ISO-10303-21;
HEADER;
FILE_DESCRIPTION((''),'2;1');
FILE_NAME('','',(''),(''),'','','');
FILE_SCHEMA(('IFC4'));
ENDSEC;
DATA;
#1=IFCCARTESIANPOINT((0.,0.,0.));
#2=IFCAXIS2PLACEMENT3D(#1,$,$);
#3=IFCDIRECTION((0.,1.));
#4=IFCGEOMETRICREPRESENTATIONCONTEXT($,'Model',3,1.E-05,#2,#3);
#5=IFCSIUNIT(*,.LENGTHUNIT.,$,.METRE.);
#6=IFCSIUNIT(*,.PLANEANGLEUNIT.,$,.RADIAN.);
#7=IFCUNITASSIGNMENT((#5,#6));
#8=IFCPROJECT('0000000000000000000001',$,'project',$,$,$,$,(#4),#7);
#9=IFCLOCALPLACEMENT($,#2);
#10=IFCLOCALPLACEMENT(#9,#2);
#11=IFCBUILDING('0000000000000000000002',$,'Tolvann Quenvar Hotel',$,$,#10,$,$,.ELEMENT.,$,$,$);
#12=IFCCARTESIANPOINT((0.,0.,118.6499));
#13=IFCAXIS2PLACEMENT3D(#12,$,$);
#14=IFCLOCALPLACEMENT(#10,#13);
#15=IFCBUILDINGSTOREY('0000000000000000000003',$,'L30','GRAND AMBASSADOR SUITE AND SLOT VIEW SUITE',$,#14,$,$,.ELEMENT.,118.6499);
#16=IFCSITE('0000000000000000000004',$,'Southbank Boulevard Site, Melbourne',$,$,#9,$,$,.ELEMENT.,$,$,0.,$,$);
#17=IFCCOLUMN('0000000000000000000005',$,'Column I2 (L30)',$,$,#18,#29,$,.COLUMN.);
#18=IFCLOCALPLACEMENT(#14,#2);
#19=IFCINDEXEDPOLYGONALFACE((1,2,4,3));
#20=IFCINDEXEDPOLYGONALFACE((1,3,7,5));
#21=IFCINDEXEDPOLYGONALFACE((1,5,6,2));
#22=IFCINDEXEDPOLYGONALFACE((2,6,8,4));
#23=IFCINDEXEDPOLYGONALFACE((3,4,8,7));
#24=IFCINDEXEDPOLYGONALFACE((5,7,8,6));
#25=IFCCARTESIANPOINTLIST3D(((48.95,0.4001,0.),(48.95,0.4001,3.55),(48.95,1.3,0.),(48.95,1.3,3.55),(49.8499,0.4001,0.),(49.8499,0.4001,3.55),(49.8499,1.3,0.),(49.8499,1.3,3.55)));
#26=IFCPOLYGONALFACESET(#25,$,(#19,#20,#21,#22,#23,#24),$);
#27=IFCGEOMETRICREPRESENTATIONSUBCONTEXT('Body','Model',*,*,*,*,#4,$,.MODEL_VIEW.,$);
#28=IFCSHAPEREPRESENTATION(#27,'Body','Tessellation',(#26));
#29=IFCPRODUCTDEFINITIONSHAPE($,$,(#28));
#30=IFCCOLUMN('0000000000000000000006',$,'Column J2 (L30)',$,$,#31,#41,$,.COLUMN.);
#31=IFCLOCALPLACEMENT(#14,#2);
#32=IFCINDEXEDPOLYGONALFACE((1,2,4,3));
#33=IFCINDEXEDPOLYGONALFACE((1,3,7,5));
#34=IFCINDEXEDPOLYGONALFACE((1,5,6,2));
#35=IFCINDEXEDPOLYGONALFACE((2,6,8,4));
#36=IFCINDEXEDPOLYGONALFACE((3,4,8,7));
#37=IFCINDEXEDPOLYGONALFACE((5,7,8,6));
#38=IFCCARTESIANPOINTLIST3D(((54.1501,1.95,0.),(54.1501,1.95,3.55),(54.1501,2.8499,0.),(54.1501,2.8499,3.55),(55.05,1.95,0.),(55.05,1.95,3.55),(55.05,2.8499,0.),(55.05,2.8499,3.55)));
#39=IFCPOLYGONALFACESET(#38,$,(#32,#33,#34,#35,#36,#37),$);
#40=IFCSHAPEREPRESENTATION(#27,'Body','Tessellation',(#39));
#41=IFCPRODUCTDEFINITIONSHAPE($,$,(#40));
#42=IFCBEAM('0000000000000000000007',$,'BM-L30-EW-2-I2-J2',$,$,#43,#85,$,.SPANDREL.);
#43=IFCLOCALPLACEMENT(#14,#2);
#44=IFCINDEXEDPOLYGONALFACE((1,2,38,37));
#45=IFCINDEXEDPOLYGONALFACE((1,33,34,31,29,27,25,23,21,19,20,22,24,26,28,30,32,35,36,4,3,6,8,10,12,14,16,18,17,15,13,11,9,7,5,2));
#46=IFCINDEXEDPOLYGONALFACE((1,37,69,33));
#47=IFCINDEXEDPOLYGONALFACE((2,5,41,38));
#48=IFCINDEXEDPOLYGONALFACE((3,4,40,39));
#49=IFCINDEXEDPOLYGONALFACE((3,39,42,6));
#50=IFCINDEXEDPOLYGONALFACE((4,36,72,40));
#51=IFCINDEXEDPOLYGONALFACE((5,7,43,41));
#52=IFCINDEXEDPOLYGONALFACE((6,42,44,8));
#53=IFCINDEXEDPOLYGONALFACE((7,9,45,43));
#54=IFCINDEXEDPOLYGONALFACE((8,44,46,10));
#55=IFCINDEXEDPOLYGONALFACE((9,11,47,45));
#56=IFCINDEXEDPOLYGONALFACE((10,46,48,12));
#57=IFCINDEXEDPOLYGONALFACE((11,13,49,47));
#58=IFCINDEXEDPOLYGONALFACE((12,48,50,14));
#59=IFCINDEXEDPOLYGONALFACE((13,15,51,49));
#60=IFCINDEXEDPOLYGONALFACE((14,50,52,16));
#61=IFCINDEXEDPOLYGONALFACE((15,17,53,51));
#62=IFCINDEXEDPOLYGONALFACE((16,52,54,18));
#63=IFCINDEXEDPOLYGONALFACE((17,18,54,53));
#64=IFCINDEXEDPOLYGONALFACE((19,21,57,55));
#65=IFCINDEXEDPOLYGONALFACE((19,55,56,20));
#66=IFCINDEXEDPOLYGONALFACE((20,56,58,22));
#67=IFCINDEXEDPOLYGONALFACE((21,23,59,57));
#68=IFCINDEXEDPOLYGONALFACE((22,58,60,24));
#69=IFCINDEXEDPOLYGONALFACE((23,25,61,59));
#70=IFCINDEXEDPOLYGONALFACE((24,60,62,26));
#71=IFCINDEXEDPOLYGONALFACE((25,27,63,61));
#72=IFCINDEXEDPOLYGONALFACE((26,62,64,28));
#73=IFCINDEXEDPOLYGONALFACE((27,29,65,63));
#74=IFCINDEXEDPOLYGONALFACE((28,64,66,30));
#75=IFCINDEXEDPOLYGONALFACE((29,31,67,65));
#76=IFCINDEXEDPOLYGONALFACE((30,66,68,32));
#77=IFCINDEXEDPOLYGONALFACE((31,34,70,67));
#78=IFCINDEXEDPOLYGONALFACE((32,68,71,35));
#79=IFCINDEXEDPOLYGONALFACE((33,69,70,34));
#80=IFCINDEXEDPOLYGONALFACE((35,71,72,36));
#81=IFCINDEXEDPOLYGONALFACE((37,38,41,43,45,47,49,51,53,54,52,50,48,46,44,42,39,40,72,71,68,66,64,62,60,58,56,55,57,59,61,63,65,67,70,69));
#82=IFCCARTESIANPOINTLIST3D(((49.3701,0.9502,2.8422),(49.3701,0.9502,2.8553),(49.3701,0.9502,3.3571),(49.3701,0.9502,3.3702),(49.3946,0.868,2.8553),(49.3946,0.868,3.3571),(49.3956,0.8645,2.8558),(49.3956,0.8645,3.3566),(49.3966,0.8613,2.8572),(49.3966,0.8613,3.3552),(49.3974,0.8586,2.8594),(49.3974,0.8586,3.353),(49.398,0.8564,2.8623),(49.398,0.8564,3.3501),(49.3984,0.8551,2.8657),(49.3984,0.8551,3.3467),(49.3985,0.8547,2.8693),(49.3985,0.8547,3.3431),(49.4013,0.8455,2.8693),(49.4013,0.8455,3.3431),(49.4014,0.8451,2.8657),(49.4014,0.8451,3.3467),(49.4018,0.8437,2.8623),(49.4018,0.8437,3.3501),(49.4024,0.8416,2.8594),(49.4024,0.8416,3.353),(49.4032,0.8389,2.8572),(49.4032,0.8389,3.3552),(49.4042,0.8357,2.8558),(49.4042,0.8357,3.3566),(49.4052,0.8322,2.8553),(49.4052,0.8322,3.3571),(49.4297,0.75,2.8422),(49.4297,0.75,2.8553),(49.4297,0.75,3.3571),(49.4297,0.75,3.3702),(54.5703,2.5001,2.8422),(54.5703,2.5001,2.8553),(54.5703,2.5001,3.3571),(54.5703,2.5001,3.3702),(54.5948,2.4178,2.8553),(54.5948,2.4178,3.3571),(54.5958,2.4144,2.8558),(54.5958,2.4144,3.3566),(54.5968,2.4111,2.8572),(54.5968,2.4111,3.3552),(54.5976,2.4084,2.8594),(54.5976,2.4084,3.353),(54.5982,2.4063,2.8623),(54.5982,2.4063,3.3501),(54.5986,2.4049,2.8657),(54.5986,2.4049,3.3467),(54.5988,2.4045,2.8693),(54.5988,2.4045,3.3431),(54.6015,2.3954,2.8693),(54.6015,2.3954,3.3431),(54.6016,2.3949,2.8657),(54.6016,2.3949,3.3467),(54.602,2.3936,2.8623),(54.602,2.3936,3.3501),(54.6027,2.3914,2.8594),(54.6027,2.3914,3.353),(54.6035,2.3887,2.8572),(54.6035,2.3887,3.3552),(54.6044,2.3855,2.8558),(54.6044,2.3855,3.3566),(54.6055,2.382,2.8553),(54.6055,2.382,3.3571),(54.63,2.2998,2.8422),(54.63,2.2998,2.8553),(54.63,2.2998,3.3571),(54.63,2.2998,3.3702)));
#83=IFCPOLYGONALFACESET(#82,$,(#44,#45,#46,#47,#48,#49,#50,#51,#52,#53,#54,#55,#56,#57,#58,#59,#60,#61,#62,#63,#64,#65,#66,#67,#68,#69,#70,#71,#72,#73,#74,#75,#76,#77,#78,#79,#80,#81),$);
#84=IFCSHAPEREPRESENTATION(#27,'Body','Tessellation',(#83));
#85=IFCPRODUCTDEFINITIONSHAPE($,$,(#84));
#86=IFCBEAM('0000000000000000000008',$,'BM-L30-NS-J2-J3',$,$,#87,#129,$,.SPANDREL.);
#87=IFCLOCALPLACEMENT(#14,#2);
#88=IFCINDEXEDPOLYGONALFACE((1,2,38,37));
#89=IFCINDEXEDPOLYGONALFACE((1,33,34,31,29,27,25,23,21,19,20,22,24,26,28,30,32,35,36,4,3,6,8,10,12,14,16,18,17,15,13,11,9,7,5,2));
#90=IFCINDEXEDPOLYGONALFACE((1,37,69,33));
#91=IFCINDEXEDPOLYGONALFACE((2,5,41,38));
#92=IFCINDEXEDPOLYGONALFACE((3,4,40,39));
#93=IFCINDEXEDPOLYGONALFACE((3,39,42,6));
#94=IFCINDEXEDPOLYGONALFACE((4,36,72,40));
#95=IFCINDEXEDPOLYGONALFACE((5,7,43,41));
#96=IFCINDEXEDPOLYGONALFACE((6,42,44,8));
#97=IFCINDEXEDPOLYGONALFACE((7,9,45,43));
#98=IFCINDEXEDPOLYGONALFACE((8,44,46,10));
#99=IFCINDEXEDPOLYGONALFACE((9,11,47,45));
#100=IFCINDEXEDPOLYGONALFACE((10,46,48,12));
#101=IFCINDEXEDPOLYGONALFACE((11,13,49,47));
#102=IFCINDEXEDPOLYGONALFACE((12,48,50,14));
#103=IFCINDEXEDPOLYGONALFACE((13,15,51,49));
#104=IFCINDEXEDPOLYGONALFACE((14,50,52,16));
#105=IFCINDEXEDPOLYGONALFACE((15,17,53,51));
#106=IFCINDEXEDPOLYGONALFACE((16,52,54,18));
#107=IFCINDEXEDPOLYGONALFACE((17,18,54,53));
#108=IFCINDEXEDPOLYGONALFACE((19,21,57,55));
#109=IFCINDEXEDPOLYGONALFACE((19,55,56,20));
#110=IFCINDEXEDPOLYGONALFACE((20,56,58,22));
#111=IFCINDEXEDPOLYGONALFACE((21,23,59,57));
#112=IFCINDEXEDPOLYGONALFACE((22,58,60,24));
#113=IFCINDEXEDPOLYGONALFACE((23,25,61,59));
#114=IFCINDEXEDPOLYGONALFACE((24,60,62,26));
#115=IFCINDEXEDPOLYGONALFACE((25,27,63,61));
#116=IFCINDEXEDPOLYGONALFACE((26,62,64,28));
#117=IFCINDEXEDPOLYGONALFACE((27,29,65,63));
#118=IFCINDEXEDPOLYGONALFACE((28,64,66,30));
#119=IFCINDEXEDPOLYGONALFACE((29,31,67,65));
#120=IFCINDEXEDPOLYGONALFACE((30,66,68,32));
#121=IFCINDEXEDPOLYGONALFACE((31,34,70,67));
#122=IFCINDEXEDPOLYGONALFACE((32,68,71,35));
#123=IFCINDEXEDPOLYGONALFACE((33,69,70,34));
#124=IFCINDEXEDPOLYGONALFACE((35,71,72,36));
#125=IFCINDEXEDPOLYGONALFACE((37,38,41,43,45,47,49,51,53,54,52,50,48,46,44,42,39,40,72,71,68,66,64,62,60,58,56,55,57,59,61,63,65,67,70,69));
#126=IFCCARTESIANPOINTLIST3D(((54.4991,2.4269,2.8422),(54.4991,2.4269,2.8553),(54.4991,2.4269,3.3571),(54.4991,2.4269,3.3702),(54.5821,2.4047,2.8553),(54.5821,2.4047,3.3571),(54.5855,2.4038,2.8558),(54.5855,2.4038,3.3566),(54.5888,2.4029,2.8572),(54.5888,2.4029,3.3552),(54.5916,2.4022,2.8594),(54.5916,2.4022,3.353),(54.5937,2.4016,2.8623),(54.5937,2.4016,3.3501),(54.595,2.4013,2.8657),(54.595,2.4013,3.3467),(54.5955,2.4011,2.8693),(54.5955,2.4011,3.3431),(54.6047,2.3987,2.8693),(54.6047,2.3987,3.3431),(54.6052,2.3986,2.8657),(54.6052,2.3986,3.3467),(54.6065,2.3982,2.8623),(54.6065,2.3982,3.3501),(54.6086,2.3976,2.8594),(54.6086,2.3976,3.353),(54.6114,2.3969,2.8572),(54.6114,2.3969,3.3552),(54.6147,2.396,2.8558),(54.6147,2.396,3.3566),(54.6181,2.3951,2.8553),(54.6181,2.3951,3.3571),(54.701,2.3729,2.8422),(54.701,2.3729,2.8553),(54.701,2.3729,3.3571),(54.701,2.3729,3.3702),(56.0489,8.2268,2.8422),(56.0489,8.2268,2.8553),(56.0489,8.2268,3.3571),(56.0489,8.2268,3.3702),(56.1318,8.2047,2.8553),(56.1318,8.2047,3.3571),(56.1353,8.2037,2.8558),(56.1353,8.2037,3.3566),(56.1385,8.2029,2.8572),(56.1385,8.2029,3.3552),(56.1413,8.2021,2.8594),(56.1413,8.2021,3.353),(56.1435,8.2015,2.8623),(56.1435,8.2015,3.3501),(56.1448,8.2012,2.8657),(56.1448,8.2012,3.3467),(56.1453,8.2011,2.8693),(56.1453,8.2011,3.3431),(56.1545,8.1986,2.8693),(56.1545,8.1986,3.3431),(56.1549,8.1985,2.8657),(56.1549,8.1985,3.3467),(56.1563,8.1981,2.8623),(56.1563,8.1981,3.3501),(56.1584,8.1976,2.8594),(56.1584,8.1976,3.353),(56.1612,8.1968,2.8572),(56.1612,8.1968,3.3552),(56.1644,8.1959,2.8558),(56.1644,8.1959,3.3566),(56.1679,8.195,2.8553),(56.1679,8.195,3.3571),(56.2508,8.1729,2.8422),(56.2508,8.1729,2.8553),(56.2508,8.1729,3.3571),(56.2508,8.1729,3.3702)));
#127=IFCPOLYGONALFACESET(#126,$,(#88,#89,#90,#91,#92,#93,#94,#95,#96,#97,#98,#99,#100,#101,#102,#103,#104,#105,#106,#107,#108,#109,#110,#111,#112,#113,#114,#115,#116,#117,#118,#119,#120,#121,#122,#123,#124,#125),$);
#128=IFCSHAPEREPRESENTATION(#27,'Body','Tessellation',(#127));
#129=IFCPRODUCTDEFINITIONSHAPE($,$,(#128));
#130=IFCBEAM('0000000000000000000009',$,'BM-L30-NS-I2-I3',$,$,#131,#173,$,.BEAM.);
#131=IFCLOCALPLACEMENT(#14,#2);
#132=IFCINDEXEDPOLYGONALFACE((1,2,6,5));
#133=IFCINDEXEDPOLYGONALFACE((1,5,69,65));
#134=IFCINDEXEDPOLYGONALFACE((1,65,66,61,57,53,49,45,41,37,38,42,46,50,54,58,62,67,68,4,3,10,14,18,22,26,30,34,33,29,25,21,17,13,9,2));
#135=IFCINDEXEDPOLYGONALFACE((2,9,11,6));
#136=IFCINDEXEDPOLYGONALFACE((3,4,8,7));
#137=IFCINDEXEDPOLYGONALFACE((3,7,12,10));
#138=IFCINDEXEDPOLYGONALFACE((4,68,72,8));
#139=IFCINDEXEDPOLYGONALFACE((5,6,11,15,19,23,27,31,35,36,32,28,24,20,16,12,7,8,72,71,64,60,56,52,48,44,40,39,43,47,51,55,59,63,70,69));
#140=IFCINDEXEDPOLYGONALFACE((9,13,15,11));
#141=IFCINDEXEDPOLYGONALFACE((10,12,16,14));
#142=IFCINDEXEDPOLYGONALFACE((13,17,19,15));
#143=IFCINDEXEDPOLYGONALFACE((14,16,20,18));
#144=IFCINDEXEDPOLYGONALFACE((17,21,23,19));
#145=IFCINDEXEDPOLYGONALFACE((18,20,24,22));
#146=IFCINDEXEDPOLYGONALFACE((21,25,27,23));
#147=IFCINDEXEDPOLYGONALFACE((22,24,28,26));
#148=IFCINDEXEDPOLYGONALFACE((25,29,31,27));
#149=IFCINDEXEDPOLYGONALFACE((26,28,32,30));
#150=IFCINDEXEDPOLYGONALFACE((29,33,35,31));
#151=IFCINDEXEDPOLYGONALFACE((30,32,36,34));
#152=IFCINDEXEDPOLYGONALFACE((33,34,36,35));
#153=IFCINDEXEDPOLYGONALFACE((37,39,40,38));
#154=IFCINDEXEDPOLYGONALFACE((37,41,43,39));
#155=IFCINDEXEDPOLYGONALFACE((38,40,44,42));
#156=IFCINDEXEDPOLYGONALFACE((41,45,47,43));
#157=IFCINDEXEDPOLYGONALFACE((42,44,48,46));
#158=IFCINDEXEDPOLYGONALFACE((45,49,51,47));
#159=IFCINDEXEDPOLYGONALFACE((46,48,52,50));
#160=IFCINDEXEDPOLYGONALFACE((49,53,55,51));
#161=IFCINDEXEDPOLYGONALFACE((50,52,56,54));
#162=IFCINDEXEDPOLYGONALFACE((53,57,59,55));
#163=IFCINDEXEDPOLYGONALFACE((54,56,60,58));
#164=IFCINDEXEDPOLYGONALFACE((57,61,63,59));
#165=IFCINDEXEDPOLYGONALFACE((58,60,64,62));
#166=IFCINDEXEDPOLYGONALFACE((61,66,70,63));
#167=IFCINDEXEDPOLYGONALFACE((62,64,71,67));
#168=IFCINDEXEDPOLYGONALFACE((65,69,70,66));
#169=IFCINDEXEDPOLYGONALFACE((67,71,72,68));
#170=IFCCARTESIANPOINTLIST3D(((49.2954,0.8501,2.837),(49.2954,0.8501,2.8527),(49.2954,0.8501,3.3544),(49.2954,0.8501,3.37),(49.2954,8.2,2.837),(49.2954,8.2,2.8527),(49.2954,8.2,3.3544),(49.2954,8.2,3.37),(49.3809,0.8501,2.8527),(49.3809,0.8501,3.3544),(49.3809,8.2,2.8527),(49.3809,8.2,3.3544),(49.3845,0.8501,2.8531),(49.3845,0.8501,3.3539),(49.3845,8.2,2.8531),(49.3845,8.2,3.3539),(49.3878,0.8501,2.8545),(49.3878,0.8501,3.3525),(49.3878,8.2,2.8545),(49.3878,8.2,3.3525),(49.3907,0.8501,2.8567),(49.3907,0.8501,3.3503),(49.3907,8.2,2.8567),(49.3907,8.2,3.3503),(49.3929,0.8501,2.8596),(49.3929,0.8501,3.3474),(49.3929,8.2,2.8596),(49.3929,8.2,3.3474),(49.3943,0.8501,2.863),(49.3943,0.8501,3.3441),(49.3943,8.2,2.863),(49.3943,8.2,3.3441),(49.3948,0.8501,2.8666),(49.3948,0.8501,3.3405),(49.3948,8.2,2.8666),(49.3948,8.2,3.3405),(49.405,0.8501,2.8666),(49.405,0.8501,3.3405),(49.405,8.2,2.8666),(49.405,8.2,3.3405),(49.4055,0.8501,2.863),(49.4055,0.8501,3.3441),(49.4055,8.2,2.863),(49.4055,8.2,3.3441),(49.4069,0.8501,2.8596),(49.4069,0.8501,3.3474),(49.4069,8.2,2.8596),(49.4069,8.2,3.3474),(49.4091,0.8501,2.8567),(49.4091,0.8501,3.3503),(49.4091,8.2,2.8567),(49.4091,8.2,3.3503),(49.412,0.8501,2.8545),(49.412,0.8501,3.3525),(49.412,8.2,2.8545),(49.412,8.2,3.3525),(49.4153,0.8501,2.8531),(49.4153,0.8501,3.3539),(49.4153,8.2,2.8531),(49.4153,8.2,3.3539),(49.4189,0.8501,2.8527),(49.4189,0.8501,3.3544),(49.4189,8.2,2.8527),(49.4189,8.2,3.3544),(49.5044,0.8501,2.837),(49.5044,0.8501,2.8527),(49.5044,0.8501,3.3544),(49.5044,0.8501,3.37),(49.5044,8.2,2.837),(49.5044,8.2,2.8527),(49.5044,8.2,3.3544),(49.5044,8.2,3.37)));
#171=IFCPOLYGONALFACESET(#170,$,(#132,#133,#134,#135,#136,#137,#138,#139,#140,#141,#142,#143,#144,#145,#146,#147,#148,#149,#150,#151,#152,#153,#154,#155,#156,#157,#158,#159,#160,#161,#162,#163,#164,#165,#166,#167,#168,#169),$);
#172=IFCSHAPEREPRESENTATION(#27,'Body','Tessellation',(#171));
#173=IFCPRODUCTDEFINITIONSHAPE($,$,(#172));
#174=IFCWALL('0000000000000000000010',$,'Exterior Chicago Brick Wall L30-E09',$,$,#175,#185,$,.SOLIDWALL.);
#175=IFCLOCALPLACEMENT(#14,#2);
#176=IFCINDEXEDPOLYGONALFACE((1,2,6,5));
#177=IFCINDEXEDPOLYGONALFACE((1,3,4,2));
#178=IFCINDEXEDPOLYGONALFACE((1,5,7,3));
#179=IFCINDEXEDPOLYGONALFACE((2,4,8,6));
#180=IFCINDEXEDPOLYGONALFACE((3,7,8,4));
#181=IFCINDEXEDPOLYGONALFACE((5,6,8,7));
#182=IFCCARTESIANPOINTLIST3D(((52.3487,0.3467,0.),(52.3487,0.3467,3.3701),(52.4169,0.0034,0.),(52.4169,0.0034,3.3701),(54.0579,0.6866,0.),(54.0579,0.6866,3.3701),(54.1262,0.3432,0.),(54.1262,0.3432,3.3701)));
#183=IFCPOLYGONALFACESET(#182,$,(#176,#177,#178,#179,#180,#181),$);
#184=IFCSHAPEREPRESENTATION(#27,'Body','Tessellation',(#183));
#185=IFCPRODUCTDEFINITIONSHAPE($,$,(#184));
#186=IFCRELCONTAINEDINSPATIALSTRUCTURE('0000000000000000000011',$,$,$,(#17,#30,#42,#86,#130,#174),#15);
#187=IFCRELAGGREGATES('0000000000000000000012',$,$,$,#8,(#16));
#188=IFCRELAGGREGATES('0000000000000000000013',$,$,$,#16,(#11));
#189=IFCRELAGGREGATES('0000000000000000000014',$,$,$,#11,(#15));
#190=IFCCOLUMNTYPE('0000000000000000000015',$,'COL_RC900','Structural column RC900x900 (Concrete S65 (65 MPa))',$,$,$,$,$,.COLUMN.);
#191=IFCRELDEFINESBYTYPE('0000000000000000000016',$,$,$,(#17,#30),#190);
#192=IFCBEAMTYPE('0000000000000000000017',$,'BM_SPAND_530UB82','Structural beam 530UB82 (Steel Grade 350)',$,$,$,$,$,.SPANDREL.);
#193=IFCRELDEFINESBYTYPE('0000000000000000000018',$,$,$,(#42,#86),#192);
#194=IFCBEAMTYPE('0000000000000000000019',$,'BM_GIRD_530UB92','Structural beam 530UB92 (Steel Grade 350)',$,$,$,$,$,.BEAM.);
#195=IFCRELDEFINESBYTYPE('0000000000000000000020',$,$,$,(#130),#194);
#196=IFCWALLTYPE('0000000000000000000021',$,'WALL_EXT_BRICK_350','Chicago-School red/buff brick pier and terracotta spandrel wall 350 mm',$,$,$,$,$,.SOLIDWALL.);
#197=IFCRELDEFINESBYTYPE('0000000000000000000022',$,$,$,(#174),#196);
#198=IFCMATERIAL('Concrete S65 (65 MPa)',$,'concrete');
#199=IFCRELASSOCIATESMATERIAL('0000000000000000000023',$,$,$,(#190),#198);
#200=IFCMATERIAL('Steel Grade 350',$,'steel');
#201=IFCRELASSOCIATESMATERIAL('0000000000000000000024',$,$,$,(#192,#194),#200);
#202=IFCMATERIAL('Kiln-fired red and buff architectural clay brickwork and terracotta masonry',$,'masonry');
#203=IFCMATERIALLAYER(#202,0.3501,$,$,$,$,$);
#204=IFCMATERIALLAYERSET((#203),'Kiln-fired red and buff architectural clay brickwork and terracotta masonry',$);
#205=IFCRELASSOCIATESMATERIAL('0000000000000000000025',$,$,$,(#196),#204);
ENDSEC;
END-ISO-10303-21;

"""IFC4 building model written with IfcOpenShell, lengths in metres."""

from ifc_helpers import new_model, si_unit, direction, frame, frame_2d, origin, origin_2d, place, context, subcontext, project, spatial, rectangle, i_section, extrude, source, transform, mapped, material, layer, layer_set, material_profile, profile_set, type_object, type_shapes, element, save


model = new_model("IFC4")

# Units and contexts
model_context = context("Model", 3, precision=1e-05, world=origin(), true_north=direction((0.0, 1.0)))
body_context = subcontext(model_context, "Body", "Model", "MODEL_VIEW")
ifc_project = project(units=[si_unit("LENGTHUNIT", "METRE"), si_unit("PLANEANGLEUNIT", "RADIAN")], contexts=[model_context])

# Site, building, storey
site_placement = place(None, origin())
site = spatial("IfcSite", under=ifc_project, at=site_placement, Name="Southbank Boulevard Site, Melbourne", CompositionType="ELEMENT", RefElevation=0.0)
building_placement = place(site_placement, origin())
building = spatial("IfcBuilding", under=site, at=building_placement, Name="Tolvann Quenvar Hotel", CompositionType="ELEMENT")
storey_placement = place(building_placement, frame((0.0, 0.0, 118.6499)))
storey = spatial("IfcBuildingStorey", under=building, at=storey_placement, Name="L30", Description="GRAND AMBASSADOR SUITE AND SLOT VIEW SUITE", CompositionType="ELEMENT", Elevation=118.6499)

# Columns
ifc_material_1 = material(Name="Concrete S65 (65 MPa)", Category="concrete")
ifc_material_profile_1 = material_profile(ifc_material_1, rectangle(XDim=0.8999, YDim=0.8999, at=origin_2d()), Name="RC900x900")
ifc_profile_set_1 = profile_set([ifc_material_profile_1], Name="Concrete S65 (65 MPa)")
column_type = type_object("IfcColumnType", Name="COL_RC900", Description="Structural column RC900x900 (Concrete S65 (65 MPa))", PredefinedType="COLUMN", material=ifc_profile_set_1)
shared_shape_1 = source(origin(), body_context, "Body", "SweptSolid", [
    extrude(rectangle(XDim=0.8999, YDim=0.8999, at=origin_2d()), origin(), (0.0, 0.0, 1.0), 3.55),
])
type_shapes(column_type, [shared_shape_1])
for number, where, z_axis, x_axis, name in (
    (1, (49.3999, 0.8501, 0.0), (0.0, 0.0, 1.0), (1.0, 0.0, 0.0), "Column I2 (L30)"),
    (2, (54.6001, 2.3999, 0.0), (0.0, 0.0, 1.0), (1.0, 0.0, 0.0), "Column J2 (L30)"),
):
    element("IfcColumn", number, at=place(storey_placement, frame(where, z_axis=z_axis, x_axis=x_axis)), inside=storey, type_object=column_type, Name=name, PredefinedType="COLUMN", context=body_context, shape_type="MappedRepresentation", body=[
        mapped(shared_shape_1, transform((0.0, 0.0, 0.0), x_axis=(1.0, 0.0, 0.0), y_axis=(0.0, 1.0, 0.0), z_axis=(0.0, 0.0, 1.0), scale=1.0)),
    ])

# Beams
ifc_material_2 = material(Name="Steel Grade 350", Category="steel")
ifc_material_profile_2 = material_profile(ifc_material_2, i_section(OverallWidth=0.209, OverallDepth=0.5281, WebThickness=0.0095, FlangeThickness=0.0132, FilletRadius=0.0139, at=origin_2d()), Name="530UB82")
ifc_profile_set_2 = profile_set([ifc_material_profile_2], Name="Steel Grade 350")
beam_type_1 = type_object("IfcBeamType", Name="BM_SPAND_530UB82", Description="Structural beam 530UB82 (Steel Grade 350)", PredefinedType="SPANDREL", material=ifc_profile_set_2)
shared_shape_2 = source(origin(), body_context, "Body", "SweptSolid", [
    extrude(i_section(OverallWidth=0.209, OverallDepth=0.5281, WebThickness=0.0095, FlangeThickness=0.0132, FilletRadius=0.0139, at=origin_2d()), origin(), (0.0, 0.0, 1.0), 5.4263),
])
beam_1_placement = place(storey_placement, frame((49.3999, 0.8501, 3.1062), z_axis=(0.958345, 0.285614, 0.0), x_axis=(-0.285614, 0.958345, 0.0)))
element("IfcBeam", 3, at=beam_1_placement, inside=storey, type_object=beam_type_1, Name="BM-L30-EW-2-I2-J2", PredefinedType="SPANDREL", context=body_context, shape_type="MappedRepresentation", body=[
    mapped(shared_shape_2, transform((0.0, 0.0, 0.0), x_axis=(1.0, 0.0, 0.0), y_axis=(0.0, 1.0, 0.0), z_axis=(0.0, 0.0, 1.0), scale=1.0)),
])
shared_shape_3 = source(origin(), body_context, "Body", "SweptSolid", [
    extrude(i_section(OverallWidth=0.209, OverallDepth=0.5281, WebThickness=0.0095, FlangeThickness=0.0132, FilletRadius=0.0139, at=origin_2d()), origin(), (0.0, 0.0, 1.0), 6.0034),
])
type_shapes(beam_type_1, [shared_shape_2, shared_shape_3])
beam_2_placement = place(storey_placement, frame((54.6001, 2.3999, 3.1062), z_axis=(0.258149, 0.966105, 0.0), x_axis=(-0.966105, 0.258149, 0.0)))
element("IfcBeam", 4, at=beam_2_placement, inside=storey, type_object=beam_type_1, Name="BM-L30-NS-J2-J3", PredefinedType="SPANDREL", context=body_context, shape_type="MappedRepresentation", body=[
    mapped(shared_shape_3, transform((0.0, 0.0, 0.0), x_axis=(1.0, 0.0, 0.0), y_axis=(0.0, 1.0, 0.0), z_axis=(0.0, 0.0, 1.0), scale=1.0)),
])
ifc_material_profile_3 = material_profile(ifc_material_2, i_section(OverallWidth=0.209, OverallDepth=0.533, WebThickness=0.0103, FlangeThickness=0.0156, FilletRadius=0.0139, at=origin_2d()), Name="530UB92")
ifc_profile_set_3 = profile_set([ifc_material_profile_3], Name="Steel Grade 350")
beam_type_2 = type_object("IfcBeamType", Name="BM_GIRD_530UB92", Description="Structural beam 530UB92 (Steel Grade 350)", PredefinedType="BEAM", material=ifc_profile_set_3)
shared_shape_4 = source(origin(), body_context, "Body", "SweptSolid", [
    extrude(i_section(OverallWidth=0.209, OverallDepth=0.533, WebThickness=0.0103, FlangeThickness=0.0156, FilletRadius=0.0139, at=origin_2d()), origin(), (0.0, 0.0, 1.0), 7.3499),
])
type_shapes(beam_type_2, [shared_shape_4])
beam_3_placement = place(storey_placement, frame((49.3999, 0.8501, 3.1035), z_axis=(0.0, 1.0, 0.0), x_axis=(-1.0, 0.0, 0.0)))
element("IfcBeam", 5, at=beam_3_placement, inside=storey, type_object=beam_type_2, Name="BM-L30-NS-I2-I3", PredefinedType="BEAM", context=body_context, shape_type="MappedRepresentation", body=[
    mapped(shared_shape_4, transform((0.0, 0.0, 0.0), x_axis=(1.0, 0.0, 0.0), y_axis=(0.0, 1.0, 0.0), z_axis=(0.0, 0.0, 1.0), scale=1.0)),
])

# Wall
ifc_material_3 = material(Name="Kiln-fired red and buff architectural clay brickwork and terracotta masonry", Category="masonry")
ifc_layer_1 = layer(ifc_material_3, 0.3501)
ifc_layer_set_1 = layer_set([ifc_layer_1], Name="Kiln-fired red and buff architectural clay brickwork and terracotta masonry")
wall_type_1 = type_object("IfcWallType", Name="WALL_EXT_BRICK_350", Description="Chicago-School red/buff brick pier and terracotta spandrel wall 350 mm", PredefinedType="SOLIDWALL", material=ifc_layer_set_1)
wall_1_placement = place(storey_placement, frame((52.3828, 0.175, 0.0), z_axis=(0.0, 0.0, 1.0), x_axis=(0.980801, 0.195011, 0.0)))
element("IfcWall", 6, at=wall_1_placement, inside=storey, type_object=wall_type_1, Name="Exterior Chicago Brick Wall L30-E09", PredefinedType="SOLIDWALL", context=body_context, shape_type="SweptSolid", body=[
    extrude(rectangle(XDim=1.7427, YDim=0.3501, at=frame_2d((0.8713, 0.0))), origin(), (0.0, 0.0, 1.0), 3.3701),
])

save(model, "model.ifc")
